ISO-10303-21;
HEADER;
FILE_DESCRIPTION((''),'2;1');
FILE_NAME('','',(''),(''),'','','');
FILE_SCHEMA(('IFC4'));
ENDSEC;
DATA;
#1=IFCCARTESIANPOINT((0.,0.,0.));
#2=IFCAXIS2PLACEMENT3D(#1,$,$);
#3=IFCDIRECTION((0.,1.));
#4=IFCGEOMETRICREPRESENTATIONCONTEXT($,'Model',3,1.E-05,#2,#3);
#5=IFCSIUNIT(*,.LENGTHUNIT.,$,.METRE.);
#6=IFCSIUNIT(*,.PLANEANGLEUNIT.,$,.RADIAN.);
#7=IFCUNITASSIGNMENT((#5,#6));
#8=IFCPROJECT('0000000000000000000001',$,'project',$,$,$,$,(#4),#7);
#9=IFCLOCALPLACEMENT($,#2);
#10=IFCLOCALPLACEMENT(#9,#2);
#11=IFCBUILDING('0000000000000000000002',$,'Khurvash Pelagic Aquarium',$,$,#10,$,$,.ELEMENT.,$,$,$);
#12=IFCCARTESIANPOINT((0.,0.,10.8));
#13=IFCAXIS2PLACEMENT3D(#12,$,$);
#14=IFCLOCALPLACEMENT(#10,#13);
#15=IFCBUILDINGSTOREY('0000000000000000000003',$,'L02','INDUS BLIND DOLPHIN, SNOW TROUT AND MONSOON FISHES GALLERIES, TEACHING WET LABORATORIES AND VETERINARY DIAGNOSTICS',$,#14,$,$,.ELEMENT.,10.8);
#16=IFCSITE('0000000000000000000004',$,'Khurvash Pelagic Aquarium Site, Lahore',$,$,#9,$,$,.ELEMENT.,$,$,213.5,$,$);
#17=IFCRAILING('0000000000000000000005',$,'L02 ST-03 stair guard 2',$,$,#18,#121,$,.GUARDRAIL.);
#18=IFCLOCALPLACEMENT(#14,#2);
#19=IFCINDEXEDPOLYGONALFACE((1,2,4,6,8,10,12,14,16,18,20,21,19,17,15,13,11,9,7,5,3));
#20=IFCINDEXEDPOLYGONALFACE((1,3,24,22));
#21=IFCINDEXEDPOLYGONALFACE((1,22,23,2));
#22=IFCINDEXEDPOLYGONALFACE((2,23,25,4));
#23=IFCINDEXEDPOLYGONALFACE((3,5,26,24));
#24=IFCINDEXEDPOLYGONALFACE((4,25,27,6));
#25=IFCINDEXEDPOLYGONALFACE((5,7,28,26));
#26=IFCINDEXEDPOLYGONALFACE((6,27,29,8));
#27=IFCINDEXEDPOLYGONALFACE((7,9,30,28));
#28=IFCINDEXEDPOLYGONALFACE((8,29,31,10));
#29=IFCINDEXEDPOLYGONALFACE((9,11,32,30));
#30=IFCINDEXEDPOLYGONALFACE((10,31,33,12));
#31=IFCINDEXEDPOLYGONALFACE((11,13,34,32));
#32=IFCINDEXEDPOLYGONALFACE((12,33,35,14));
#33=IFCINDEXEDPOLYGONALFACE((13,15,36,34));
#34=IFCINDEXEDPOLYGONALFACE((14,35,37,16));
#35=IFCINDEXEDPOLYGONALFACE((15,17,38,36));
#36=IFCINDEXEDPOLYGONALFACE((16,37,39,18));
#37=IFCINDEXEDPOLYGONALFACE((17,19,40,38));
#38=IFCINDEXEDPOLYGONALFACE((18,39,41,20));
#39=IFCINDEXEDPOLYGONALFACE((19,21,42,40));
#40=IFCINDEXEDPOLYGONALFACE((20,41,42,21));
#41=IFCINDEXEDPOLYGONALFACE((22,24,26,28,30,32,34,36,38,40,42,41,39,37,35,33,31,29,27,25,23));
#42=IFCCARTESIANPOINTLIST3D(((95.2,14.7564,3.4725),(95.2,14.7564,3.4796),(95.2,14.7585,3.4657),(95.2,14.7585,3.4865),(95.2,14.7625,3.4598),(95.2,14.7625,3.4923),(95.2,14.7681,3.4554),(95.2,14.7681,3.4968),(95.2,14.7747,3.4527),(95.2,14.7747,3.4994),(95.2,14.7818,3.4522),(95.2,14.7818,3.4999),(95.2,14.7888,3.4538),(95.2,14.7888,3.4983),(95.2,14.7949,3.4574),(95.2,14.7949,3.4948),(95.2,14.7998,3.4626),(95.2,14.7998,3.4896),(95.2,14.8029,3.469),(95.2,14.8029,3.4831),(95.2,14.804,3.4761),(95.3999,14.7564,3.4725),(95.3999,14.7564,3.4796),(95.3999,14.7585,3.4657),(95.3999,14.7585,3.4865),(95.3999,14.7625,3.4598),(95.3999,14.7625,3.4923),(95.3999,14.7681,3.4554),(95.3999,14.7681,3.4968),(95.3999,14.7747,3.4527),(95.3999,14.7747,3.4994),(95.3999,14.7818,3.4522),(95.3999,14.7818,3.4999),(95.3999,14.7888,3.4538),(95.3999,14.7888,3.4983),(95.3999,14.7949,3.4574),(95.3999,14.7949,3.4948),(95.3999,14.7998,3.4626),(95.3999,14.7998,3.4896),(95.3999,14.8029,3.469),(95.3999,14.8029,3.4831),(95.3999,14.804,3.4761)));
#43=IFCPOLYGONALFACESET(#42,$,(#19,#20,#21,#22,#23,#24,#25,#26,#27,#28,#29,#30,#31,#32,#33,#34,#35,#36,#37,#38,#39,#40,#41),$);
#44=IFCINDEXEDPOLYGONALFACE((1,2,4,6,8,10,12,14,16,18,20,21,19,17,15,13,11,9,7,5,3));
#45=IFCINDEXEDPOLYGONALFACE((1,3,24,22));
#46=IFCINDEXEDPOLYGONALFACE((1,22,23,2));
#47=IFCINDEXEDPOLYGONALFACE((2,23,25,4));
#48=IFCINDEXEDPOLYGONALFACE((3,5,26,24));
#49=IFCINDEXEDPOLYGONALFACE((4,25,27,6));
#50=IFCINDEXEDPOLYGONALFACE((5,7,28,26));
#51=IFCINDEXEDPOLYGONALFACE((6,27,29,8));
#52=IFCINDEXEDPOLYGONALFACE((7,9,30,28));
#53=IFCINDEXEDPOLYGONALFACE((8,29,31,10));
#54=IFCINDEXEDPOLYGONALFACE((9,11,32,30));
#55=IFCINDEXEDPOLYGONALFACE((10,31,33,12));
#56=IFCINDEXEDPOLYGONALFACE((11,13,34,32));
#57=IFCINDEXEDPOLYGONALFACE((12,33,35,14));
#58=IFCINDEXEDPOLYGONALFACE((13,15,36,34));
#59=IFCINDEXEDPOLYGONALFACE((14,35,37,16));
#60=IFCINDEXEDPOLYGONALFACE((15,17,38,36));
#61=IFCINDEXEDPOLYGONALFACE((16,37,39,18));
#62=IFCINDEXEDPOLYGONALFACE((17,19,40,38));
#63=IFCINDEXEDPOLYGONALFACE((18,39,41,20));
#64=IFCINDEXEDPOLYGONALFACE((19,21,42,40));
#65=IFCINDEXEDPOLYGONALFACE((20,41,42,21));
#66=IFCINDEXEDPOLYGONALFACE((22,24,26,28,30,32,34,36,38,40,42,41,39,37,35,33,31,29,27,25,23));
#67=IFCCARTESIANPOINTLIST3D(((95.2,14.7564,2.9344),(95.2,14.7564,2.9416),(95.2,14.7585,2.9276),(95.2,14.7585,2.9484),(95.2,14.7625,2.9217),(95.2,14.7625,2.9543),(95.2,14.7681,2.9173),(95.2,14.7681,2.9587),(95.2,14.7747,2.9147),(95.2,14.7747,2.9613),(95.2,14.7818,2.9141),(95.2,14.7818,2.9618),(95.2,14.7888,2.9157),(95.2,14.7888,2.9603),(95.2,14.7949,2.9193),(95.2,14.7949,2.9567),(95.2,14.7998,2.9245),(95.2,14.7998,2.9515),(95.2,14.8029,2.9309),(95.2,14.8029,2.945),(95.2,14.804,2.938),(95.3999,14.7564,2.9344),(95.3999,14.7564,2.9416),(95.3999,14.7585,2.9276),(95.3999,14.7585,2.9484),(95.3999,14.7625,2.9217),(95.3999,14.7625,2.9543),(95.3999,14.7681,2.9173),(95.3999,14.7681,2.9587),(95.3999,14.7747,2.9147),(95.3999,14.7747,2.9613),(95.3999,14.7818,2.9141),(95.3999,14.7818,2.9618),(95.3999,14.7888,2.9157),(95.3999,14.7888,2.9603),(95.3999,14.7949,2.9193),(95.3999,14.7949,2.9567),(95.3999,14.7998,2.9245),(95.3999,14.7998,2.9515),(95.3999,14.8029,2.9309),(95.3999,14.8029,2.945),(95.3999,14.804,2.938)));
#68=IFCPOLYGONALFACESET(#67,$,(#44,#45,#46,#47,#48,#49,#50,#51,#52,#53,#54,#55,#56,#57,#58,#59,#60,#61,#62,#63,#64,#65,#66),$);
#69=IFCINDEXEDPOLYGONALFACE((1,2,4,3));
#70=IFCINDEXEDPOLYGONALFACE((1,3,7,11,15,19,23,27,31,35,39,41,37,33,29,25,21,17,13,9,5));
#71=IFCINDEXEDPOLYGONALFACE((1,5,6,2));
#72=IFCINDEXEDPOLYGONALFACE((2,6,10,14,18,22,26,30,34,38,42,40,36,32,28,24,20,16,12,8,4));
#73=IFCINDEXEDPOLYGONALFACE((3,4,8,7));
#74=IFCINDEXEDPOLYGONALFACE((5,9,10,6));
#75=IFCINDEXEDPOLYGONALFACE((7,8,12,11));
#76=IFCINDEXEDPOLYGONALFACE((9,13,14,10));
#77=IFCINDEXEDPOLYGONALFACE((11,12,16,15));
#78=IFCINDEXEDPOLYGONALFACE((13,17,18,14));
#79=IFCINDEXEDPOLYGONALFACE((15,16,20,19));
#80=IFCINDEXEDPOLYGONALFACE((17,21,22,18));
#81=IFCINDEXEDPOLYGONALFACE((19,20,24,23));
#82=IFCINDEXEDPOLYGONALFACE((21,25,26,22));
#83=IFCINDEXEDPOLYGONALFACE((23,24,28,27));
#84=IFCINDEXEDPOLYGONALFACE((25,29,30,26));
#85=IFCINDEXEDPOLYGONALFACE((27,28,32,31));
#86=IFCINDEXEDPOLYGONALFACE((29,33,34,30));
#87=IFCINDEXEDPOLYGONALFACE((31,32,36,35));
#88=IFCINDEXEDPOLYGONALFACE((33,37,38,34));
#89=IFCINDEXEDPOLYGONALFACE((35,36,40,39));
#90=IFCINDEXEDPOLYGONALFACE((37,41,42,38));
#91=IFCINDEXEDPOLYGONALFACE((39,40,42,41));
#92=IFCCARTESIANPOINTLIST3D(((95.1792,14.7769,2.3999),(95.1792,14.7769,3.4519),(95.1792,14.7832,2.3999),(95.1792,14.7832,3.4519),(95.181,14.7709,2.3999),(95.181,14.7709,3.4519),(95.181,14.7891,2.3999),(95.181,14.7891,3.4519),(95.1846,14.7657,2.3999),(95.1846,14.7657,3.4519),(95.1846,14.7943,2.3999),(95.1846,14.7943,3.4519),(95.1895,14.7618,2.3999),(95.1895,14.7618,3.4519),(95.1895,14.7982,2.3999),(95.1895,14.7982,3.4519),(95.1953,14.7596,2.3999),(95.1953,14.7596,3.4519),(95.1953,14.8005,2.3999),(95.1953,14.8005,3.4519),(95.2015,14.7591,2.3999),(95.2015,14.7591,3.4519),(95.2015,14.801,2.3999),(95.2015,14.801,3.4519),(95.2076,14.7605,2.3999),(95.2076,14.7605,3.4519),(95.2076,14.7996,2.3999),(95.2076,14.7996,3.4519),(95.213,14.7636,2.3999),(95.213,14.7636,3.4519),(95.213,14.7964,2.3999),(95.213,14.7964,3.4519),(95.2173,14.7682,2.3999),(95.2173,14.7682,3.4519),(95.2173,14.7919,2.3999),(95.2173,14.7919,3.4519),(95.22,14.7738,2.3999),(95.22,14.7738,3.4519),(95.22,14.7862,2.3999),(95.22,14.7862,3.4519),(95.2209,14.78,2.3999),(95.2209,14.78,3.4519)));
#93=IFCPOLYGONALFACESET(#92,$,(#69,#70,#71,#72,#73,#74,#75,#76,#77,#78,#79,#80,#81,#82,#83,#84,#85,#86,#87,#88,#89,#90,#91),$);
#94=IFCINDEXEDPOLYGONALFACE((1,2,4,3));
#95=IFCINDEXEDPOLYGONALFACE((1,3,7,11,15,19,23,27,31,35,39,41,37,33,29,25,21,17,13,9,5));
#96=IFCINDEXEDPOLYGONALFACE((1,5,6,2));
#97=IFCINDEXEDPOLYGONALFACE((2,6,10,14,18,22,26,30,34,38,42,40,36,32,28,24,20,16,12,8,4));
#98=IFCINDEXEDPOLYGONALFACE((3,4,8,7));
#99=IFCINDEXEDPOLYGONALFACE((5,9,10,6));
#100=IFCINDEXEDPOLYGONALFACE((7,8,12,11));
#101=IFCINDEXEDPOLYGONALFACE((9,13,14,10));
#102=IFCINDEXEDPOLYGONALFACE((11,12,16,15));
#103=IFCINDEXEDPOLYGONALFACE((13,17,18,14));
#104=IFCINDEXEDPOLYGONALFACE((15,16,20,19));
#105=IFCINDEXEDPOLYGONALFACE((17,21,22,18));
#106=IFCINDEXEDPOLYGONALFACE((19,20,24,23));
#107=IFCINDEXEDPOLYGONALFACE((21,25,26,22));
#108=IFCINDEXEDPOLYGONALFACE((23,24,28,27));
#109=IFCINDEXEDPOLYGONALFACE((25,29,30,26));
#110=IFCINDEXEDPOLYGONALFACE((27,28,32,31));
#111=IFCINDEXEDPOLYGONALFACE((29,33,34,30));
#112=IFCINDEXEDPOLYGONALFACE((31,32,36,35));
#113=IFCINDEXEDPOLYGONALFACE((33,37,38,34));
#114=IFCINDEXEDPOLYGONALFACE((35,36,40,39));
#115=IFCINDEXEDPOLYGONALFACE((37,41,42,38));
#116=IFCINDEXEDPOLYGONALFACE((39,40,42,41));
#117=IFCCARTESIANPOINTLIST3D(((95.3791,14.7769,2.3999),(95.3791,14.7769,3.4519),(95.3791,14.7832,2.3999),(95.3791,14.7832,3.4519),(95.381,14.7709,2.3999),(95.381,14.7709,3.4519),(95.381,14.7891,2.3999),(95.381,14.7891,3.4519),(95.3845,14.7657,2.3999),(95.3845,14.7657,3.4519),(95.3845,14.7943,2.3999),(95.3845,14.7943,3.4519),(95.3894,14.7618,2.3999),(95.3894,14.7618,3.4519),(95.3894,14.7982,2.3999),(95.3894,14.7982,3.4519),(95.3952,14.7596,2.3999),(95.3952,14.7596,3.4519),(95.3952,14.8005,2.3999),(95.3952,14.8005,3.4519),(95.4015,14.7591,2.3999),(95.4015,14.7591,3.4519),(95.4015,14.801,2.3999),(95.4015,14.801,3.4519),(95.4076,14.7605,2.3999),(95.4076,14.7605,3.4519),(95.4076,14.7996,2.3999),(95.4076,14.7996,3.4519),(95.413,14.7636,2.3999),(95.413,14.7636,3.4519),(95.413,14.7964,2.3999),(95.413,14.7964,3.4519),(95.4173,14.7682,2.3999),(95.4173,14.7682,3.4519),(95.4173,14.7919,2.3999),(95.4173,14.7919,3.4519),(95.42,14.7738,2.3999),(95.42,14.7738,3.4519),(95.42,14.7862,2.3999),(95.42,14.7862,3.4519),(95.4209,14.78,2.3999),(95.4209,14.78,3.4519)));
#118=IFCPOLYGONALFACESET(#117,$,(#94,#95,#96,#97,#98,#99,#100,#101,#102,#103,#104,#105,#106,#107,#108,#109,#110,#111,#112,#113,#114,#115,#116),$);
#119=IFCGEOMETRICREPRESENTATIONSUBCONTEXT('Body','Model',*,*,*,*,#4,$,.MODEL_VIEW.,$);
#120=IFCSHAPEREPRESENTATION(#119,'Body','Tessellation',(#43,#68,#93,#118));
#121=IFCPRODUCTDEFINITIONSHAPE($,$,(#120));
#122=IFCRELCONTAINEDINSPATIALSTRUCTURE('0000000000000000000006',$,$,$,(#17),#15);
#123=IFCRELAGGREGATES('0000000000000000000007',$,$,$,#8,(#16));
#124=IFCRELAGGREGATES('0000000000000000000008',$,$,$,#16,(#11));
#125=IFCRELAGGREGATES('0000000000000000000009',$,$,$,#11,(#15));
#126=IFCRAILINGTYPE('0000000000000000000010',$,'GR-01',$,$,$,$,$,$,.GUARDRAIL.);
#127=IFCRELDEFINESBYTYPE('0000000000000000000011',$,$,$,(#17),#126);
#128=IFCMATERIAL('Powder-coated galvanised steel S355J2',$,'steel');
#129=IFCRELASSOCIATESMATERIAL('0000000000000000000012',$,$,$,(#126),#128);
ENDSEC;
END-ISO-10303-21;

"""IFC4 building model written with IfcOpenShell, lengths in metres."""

from ifc_helpers import new_model, si_unit, direction, frame, origin, origin_2d, place, context, subcontext, project, spatial, circle, extrude, material, type_object, element, save


model = new_model("IFC4")

# Units and contexts
model_context = context("Model", 3, precision=1e-05, world=origin(), true_north=direction((0.0, 1.0)))
body_context = subcontext(model_context, "Body", "Model", "MODEL_VIEW")
ifc_project = project(units=[si_unit("LENGTHUNIT", "METRE"), si_unit("PLANEANGLEUNIT", "RADIAN")], contexts=[model_context])

# Site, building, storey
site_placement = place(None, origin())
site = spatial("IfcSite", under=ifc_project, at=site_placement, Name="Khurvash Pelagic Aquarium Site, Lahore", CompositionType="ELEMENT", RefElevation=213.5)
building_placement = place(site_placement, origin())
building = spatial("IfcBuilding", under=site, at=building_placement, Name="Khurvash Pelagic Aquarium", CompositionType="ELEMENT")
storey_placement = place(building_placement, frame((0.0, 0.0, 10.8)))
storey = spatial("IfcBuildingStorey", under=building, at=storey_placement, Name="L02", Description="INDUS BLIND DOLPHIN, SNOW TROUT AND MONSOON FISHES GALLERIES, TEACHING WET LABORATORIES AND VETERINARY DIAGNOSTICS", CompositionType="ELEMENT", Elevation=10.8)

# Railing
ifc_material_1 = material(Name="Powder-coated galvanised steel S355J2", Category="steel")
railing_type_1 = type_object("IfcRailingType", Name="GR-01", PredefinedType="GUARDRAIL", material=ifc_material_1)
railing_1_placement = place(storey_placement, frame((95.2, 14.78, 2.3999)))
element("IfcRailing", 1, at=railing_1_placement, inside=storey, type_object=railing_type_1, Name="L02 ST-03 stair guard 2", PredefinedType="GUARDRAIL", context=body_context, shape_type="SweptSolid", body=[
    extrude(circle(Radius=0.0239, at=origin_2d()), frame((0.0, 0.0, 1.0762), z_axis=(1.0, 0.0, 0.0), x_axis=(0.0, 1.0, 0.0)), (0.0, 0.0, 1.0), 0.2),
    extrude(circle(Radius=0.0239, at=origin_2d()), frame((0.0, 0.0, 0.5381), z_axis=(1.0, 0.0, 0.0), x_axis=(0.0, 1.0, 0.0)), (0.0, 0.0, 1.0), 0.2),
    extrude(circle(Radius=0.021, at=origin_2d()), origin(), (0.0, 0.0, 1.0), 1.052),
    extrude(circle(Radius=0.021, at=origin_2d()), frame((0.2, 0.0, 0.0)), (0.0, 0.0, 1.0), 1.052),
])

save(model, "model.ifc")
